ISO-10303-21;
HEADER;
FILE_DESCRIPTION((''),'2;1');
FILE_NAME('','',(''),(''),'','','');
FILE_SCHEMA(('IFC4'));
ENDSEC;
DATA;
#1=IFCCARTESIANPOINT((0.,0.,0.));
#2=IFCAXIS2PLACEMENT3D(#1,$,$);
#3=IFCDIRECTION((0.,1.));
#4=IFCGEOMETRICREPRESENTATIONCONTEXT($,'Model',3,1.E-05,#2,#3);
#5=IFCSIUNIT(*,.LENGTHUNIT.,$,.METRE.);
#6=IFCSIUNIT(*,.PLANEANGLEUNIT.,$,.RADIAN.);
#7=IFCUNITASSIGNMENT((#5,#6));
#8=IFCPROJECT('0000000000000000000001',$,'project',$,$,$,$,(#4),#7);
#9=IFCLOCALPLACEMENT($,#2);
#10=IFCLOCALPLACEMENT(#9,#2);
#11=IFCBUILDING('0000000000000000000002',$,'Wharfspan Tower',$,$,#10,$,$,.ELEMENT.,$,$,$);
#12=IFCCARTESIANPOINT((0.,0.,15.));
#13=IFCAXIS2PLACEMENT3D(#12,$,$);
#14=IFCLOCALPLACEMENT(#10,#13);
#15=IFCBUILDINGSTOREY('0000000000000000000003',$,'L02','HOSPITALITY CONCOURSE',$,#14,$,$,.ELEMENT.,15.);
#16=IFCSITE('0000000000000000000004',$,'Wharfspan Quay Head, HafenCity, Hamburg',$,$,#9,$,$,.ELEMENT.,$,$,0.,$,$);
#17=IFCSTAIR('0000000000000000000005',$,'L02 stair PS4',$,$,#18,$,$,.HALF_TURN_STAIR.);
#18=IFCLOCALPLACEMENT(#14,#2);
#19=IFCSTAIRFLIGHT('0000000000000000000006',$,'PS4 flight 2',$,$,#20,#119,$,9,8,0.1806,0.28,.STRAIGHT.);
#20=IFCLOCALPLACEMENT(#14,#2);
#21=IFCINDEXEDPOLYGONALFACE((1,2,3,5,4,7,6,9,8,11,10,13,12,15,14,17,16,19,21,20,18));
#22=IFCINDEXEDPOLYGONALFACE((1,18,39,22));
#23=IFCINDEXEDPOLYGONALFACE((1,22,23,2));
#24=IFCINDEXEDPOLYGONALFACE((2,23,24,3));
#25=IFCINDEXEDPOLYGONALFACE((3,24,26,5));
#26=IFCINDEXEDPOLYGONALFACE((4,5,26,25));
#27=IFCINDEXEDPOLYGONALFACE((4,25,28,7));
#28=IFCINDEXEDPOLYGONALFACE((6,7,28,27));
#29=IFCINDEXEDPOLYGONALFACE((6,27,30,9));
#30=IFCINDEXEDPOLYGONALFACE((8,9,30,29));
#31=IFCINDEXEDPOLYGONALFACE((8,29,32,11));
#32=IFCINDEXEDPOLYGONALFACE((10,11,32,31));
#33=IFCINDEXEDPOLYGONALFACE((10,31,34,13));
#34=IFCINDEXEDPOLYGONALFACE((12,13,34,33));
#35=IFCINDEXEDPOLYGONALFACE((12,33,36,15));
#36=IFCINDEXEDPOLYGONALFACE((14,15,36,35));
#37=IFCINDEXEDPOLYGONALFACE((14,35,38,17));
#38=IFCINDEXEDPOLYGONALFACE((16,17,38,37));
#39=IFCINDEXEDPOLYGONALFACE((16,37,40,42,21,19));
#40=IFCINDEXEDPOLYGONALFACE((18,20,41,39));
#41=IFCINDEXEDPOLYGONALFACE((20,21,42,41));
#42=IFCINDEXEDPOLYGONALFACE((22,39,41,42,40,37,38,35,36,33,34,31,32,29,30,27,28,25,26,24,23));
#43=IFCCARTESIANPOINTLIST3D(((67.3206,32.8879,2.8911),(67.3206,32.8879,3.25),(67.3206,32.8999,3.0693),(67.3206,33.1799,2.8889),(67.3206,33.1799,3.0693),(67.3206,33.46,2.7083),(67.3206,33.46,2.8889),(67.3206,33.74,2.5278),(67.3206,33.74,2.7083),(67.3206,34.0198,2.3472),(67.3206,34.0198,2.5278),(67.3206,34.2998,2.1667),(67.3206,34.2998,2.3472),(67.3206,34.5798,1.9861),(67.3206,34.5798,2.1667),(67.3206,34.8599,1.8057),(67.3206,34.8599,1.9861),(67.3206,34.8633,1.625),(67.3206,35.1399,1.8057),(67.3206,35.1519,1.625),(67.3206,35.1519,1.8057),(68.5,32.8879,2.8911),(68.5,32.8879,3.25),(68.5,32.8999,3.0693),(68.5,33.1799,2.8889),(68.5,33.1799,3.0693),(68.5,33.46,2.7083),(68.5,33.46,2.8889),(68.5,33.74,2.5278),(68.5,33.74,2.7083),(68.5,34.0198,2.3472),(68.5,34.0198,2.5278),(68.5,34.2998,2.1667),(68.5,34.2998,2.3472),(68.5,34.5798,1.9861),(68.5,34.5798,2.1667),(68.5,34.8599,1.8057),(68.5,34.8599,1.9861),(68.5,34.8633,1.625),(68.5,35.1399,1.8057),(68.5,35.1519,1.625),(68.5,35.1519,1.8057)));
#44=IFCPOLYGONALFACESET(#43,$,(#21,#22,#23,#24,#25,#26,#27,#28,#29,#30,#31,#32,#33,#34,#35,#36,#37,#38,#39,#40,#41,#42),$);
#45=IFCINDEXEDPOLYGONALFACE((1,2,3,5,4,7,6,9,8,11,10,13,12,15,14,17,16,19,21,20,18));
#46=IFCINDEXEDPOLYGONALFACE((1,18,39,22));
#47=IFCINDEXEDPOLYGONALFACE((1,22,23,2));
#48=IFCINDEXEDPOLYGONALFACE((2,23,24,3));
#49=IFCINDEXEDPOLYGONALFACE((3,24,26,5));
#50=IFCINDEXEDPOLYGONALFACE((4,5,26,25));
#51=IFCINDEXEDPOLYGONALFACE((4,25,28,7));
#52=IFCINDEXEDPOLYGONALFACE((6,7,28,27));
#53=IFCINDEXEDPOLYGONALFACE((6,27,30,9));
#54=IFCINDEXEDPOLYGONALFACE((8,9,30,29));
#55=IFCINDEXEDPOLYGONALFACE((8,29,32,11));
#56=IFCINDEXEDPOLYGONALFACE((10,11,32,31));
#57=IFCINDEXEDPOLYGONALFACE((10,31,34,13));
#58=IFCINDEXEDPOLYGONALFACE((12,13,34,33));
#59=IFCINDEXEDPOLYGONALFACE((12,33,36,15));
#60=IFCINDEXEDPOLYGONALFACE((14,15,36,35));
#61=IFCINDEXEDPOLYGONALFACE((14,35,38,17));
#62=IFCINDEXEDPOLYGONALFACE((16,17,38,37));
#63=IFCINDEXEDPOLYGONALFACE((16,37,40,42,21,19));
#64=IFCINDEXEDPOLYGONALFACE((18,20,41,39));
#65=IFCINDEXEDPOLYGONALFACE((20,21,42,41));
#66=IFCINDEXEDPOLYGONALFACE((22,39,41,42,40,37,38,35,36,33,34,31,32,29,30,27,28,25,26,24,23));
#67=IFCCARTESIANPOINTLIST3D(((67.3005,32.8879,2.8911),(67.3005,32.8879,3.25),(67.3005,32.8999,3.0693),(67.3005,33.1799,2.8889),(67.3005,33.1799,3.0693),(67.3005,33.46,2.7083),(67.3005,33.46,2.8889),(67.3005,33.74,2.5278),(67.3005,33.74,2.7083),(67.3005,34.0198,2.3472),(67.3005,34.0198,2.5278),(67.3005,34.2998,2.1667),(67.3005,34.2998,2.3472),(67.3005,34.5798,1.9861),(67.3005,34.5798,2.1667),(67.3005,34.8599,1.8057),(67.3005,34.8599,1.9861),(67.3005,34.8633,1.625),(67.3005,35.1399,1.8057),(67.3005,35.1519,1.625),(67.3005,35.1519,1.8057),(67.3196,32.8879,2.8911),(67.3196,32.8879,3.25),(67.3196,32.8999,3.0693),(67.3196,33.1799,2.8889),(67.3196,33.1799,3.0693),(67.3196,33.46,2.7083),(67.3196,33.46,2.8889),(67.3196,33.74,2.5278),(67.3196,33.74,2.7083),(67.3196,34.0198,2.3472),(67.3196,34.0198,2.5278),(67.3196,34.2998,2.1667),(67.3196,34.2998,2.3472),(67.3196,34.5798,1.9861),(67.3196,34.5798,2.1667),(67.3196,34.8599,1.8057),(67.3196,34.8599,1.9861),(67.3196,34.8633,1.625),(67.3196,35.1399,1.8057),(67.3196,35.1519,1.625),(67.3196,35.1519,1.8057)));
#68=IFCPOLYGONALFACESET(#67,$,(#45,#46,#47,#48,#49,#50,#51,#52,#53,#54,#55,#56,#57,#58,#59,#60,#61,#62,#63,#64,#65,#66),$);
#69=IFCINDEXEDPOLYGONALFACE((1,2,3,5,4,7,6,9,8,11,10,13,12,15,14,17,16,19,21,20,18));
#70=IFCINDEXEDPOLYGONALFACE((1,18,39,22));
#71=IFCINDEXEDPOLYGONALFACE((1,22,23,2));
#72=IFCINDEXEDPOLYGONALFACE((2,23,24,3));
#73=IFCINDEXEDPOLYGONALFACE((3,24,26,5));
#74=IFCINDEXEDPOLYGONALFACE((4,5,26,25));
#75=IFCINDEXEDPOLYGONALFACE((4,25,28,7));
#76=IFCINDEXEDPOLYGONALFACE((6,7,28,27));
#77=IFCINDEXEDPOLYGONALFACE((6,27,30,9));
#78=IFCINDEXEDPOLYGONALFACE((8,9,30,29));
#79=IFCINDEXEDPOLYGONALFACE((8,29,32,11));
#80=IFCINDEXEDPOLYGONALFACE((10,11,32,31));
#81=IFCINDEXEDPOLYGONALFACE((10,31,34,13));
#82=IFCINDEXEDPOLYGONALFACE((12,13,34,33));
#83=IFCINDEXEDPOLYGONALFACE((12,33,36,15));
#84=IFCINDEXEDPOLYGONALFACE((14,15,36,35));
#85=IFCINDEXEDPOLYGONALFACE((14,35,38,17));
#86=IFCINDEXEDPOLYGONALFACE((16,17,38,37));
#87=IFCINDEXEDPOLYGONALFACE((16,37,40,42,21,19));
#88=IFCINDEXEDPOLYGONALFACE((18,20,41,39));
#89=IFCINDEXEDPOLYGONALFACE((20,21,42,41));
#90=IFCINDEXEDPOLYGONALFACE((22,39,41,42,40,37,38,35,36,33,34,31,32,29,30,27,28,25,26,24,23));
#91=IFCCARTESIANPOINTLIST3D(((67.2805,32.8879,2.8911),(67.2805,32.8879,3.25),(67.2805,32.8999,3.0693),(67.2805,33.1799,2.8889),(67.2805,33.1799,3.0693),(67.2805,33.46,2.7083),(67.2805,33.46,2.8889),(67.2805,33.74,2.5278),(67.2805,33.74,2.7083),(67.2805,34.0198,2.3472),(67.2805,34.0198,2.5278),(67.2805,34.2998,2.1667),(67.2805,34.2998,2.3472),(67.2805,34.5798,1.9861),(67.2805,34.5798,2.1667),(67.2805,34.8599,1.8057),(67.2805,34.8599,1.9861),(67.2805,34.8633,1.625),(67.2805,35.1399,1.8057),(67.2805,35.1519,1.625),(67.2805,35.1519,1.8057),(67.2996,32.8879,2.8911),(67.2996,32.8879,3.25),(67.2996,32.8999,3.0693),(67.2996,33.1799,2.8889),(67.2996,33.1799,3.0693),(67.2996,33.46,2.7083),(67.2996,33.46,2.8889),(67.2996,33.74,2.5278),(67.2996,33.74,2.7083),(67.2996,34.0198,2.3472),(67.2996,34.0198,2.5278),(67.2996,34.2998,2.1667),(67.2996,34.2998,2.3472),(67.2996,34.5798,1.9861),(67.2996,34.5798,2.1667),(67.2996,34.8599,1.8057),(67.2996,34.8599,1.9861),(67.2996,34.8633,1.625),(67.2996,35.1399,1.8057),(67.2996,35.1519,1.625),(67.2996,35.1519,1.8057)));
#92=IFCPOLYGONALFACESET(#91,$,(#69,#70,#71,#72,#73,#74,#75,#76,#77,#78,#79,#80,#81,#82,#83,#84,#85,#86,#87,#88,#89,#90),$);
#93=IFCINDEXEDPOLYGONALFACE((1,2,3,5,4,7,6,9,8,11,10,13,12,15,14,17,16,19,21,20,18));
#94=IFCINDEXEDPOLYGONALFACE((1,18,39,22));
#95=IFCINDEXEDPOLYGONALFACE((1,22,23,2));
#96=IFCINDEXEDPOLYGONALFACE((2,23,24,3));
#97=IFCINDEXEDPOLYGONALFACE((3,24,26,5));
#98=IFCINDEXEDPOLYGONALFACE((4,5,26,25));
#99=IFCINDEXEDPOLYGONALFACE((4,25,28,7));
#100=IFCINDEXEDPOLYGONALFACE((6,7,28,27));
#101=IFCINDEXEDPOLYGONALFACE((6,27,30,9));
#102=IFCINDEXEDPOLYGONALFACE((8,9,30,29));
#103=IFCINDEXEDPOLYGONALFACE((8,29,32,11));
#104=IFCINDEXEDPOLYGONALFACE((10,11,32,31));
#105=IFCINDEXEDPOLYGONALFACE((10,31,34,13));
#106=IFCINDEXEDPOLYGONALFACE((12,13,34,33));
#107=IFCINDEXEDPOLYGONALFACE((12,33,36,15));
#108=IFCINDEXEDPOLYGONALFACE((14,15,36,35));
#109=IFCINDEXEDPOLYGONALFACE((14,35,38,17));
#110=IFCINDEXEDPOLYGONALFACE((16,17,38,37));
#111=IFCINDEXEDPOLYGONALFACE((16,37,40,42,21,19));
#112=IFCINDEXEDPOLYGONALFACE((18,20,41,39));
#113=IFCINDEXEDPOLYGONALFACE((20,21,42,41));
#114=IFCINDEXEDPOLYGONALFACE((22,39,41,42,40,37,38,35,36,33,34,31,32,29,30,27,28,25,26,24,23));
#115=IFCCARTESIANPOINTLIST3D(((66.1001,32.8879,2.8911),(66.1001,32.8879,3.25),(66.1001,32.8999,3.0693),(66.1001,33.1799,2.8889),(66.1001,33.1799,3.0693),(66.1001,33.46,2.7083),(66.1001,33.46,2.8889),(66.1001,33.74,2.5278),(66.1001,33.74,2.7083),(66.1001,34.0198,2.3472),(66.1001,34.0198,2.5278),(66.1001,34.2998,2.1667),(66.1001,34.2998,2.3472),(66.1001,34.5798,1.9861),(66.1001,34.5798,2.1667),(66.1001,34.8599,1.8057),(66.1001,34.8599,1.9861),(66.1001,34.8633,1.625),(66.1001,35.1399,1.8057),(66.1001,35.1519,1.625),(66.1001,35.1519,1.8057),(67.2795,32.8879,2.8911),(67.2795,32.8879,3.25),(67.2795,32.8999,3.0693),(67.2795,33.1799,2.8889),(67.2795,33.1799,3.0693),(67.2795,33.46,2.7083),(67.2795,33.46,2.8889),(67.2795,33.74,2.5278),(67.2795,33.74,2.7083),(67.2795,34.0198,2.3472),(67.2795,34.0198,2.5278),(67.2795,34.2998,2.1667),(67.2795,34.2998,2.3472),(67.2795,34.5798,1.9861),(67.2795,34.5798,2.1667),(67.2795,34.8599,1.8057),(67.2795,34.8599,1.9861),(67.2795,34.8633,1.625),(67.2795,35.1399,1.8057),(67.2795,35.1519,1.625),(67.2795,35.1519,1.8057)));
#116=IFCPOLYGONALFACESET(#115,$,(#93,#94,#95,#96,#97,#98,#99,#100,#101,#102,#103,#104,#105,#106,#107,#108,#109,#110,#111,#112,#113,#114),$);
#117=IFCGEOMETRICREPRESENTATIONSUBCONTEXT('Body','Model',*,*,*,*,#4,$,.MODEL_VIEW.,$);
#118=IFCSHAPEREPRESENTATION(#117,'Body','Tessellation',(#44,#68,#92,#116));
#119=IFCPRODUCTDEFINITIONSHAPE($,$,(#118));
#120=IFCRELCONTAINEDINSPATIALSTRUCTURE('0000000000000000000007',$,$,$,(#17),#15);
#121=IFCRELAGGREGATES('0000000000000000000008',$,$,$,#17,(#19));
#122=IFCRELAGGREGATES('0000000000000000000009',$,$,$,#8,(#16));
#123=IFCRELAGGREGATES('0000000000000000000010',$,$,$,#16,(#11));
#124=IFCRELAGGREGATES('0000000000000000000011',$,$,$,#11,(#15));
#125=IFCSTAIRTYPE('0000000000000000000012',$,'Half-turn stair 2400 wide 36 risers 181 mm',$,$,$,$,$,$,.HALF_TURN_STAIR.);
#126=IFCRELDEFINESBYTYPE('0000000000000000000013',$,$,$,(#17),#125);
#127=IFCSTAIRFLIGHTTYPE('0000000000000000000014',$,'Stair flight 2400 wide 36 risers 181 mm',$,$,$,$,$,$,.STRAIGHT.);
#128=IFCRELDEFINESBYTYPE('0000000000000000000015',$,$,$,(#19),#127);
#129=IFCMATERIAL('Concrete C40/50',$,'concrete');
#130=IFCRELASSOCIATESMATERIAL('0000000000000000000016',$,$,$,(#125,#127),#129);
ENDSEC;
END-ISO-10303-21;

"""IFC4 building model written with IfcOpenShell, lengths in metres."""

from ifc_helpers import new_model, si_unit, direction, frame, origin, place, context, subcontext, project, spatial, polyline, outline, extrude, material, type_object, element, aggregate, save


model = new_model("IFC4")

# Units and contexts
model_context = context("Model", 3, precision=1e-05, world=origin(), true_north=direction((0.0, 1.0)))
body_context = subcontext(model_context, "Body", "Model", "MODEL_VIEW")
ifc_project = project(units=[si_unit("LENGTHUNIT", "METRE"), si_unit("PLANEANGLEUNIT", "RADIAN")], contexts=[model_context])

# Site, building, storey
site_placement = place(None, origin())
site = spatial("IfcSite", under=ifc_project, at=site_placement, Name="Wharfspan Quay Head, HafenCity, Hamburg", CompositionType="ELEMENT", RefElevation=0.0)
building_placement = place(site_placement, origin())
building = spatial("IfcBuilding", under=site, at=building_placement, Name="Wharfspan Tower", CompositionType="ELEMENT")
storey_placement = place(building_placement, frame((0.0, 0.0, 15.0)))
storey = spatial("IfcBuildingStorey", under=building, at=storey_placement, Name="L02", Description="HOSPITALITY CONCOURSE", CompositionType="ELEMENT", Elevation=15.0)

# Shared definitions
ifc_material_1 = material(Name="Concrete C40/50", Category="concrete")

# Stair, stair flight
stair_type = type_object("IfcStairType", Name="Half-turn stair 2400 wide 36 risers 181 mm", PredefinedType="HALF_TURN_STAIR", material=ifc_material_1)
stair_placement = place(storey_placement, origin())
stair = element("IfcStair", 1, at=stair_placement, inside=storey, type_object=stair_type, Name="L02 stair PS4", PredefinedType="HALF_TURN_STAIR")
stair_flight_type = type_object("IfcStairFlightType", Name="Stair flight 2400 wide 36 risers 181 mm", PredefinedType="STRAIGHT", material=ifc_material_1)
stair_flight_1_placement = place(storey_placement, frame((67.3, 35.1399, 1.625), z_axis=(0.0, 0.0, 1.0), x_axis=(0.0, -1.0, 0.0)))
stair_flight_1 = element("IfcStairFlight", 2, at=stair_flight_1_placement, type_object=stair_flight_type, Name="PS4 flight 2", NumberOfRisers=9, NumberOfTreads=8, PredefinedType="STRAIGHT", RiserHeight=0.1806, TreadLength=0.28, context=body_context, shape_type="SweptSolid", body=[
    extrude(outline(polyline([(-0.012, 0.0), (-0.012, 0.1807), (0.0, 0.1807), (0.28, 0.1807), (0.28, 0.3611), (0.5601, 0.3611), (0.5601, 0.5417), (0.8401, 0.5417), (0.8401, 0.7222), (1.1201, 0.7222), (1.1201, 0.9028), (1.3999, 0.9028), (1.3999, 1.0833), (1.6799, 1.0833), (1.6799, 1.2639), (1.96, 1.2639), (1.96, 1.4443), (2.24, 1.4443), (2.252, 1.625), (2.252, 1.2661), (0.2766, 0.0), (-0.012, 0.0)])), frame((0.0, 1.2, 0.0), z_axis=(0.0, -1.0, 0.0), x_axis=(1.0, 0.0, 0.0)), (0.0, 0.0, 1.0), 1.1794),
    extrude(outline(polyline([(-0.012, 0.0), (-0.012, 0.1807), (0.0, 0.1807), (0.28, 0.1807), (0.28, 0.3611), (0.5601, 0.3611), (0.5601, 0.5417), (0.8401, 0.5417), (0.8401, 0.7222), (1.1201, 0.7222), (1.1201, 0.9028), (1.3999, 0.9028), (1.3999, 1.0833), (1.6799, 1.0833), (1.6799, 1.2639), (1.96, 1.2639), (1.96, 1.4443), (2.24, 1.4443), (2.252, 1.625), (2.252, 1.2661), (0.2766, 0.0), (-0.012, 0.0)])), frame((0.0, 0.0195, 0.0), z_axis=(0.0, -1.0, 0.0), x_axis=(1.0, 0.0, 0.0)), (0.0, 0.0, 1.0), 0.019),
    extrude(outline(polyline([(-0.012, 0.0), (-0.012, 0.1807), (0.0, 0.1807), (0.28, 0.1807), (0.28, 0.3611), (0.5601, 0.3611), (0.5601, 0.5417), (0.8401, 0.5417), (0.8401, 0.7222), (1.1201, 0.7222), (1.1201, 0.9028), (1.3999, 0.9028), (1.3999, 1.0833), (1.6799, 1.0833), (1.6799, 1.2639), (1.96, 1.2639), (1.96, 1.4443), (2.24, 1.4443), (2.252, 1.625), (2.252, 1.2661), (0.2766, 0.0), (-0.012, 0.0)])), frame((0.0, -0.0005, 0.0), z_axis=(0.0, -1.0, 0.0), x_axis=(1.0, 0.0, 0.0)), (0.0, 0.0, 1.0), 0.019),
    extrude(outline(polyline([(-0.012, 0.0), (-0.012, 0.1807), (0.0, 0.1807), (0.28, 0.1807), (0.28, 0.3611), (0.5601, 0.3611), (0.5601, 0.5417), (0.8401, 0.5417), (0.8401, 0.7222), (1.1201, 0.7222), (1.1201, 0.9028), (1.3999, 0.9028), (1.3999, 1.0833), (1.6799, 1.0833), (1.6799, 1.2639), (1.96, 1.2639), (1.96, 1.4443), (2.24, 1.4443), (2.252, 1.625), (2.252, 1.2661), (0.2766, 0.0), (-0.012, 0.0)])), frame((0.0, -0.0205, 0.0), z_axis=(0.0, -1.0, 0.0), x_axis=(1.0, 0.0, 0.0)), (0.0, 0.0, 1.0), 1.1794),
])
aggregate(stair, [stair_flight_1])

save(model, "model.ifc")
